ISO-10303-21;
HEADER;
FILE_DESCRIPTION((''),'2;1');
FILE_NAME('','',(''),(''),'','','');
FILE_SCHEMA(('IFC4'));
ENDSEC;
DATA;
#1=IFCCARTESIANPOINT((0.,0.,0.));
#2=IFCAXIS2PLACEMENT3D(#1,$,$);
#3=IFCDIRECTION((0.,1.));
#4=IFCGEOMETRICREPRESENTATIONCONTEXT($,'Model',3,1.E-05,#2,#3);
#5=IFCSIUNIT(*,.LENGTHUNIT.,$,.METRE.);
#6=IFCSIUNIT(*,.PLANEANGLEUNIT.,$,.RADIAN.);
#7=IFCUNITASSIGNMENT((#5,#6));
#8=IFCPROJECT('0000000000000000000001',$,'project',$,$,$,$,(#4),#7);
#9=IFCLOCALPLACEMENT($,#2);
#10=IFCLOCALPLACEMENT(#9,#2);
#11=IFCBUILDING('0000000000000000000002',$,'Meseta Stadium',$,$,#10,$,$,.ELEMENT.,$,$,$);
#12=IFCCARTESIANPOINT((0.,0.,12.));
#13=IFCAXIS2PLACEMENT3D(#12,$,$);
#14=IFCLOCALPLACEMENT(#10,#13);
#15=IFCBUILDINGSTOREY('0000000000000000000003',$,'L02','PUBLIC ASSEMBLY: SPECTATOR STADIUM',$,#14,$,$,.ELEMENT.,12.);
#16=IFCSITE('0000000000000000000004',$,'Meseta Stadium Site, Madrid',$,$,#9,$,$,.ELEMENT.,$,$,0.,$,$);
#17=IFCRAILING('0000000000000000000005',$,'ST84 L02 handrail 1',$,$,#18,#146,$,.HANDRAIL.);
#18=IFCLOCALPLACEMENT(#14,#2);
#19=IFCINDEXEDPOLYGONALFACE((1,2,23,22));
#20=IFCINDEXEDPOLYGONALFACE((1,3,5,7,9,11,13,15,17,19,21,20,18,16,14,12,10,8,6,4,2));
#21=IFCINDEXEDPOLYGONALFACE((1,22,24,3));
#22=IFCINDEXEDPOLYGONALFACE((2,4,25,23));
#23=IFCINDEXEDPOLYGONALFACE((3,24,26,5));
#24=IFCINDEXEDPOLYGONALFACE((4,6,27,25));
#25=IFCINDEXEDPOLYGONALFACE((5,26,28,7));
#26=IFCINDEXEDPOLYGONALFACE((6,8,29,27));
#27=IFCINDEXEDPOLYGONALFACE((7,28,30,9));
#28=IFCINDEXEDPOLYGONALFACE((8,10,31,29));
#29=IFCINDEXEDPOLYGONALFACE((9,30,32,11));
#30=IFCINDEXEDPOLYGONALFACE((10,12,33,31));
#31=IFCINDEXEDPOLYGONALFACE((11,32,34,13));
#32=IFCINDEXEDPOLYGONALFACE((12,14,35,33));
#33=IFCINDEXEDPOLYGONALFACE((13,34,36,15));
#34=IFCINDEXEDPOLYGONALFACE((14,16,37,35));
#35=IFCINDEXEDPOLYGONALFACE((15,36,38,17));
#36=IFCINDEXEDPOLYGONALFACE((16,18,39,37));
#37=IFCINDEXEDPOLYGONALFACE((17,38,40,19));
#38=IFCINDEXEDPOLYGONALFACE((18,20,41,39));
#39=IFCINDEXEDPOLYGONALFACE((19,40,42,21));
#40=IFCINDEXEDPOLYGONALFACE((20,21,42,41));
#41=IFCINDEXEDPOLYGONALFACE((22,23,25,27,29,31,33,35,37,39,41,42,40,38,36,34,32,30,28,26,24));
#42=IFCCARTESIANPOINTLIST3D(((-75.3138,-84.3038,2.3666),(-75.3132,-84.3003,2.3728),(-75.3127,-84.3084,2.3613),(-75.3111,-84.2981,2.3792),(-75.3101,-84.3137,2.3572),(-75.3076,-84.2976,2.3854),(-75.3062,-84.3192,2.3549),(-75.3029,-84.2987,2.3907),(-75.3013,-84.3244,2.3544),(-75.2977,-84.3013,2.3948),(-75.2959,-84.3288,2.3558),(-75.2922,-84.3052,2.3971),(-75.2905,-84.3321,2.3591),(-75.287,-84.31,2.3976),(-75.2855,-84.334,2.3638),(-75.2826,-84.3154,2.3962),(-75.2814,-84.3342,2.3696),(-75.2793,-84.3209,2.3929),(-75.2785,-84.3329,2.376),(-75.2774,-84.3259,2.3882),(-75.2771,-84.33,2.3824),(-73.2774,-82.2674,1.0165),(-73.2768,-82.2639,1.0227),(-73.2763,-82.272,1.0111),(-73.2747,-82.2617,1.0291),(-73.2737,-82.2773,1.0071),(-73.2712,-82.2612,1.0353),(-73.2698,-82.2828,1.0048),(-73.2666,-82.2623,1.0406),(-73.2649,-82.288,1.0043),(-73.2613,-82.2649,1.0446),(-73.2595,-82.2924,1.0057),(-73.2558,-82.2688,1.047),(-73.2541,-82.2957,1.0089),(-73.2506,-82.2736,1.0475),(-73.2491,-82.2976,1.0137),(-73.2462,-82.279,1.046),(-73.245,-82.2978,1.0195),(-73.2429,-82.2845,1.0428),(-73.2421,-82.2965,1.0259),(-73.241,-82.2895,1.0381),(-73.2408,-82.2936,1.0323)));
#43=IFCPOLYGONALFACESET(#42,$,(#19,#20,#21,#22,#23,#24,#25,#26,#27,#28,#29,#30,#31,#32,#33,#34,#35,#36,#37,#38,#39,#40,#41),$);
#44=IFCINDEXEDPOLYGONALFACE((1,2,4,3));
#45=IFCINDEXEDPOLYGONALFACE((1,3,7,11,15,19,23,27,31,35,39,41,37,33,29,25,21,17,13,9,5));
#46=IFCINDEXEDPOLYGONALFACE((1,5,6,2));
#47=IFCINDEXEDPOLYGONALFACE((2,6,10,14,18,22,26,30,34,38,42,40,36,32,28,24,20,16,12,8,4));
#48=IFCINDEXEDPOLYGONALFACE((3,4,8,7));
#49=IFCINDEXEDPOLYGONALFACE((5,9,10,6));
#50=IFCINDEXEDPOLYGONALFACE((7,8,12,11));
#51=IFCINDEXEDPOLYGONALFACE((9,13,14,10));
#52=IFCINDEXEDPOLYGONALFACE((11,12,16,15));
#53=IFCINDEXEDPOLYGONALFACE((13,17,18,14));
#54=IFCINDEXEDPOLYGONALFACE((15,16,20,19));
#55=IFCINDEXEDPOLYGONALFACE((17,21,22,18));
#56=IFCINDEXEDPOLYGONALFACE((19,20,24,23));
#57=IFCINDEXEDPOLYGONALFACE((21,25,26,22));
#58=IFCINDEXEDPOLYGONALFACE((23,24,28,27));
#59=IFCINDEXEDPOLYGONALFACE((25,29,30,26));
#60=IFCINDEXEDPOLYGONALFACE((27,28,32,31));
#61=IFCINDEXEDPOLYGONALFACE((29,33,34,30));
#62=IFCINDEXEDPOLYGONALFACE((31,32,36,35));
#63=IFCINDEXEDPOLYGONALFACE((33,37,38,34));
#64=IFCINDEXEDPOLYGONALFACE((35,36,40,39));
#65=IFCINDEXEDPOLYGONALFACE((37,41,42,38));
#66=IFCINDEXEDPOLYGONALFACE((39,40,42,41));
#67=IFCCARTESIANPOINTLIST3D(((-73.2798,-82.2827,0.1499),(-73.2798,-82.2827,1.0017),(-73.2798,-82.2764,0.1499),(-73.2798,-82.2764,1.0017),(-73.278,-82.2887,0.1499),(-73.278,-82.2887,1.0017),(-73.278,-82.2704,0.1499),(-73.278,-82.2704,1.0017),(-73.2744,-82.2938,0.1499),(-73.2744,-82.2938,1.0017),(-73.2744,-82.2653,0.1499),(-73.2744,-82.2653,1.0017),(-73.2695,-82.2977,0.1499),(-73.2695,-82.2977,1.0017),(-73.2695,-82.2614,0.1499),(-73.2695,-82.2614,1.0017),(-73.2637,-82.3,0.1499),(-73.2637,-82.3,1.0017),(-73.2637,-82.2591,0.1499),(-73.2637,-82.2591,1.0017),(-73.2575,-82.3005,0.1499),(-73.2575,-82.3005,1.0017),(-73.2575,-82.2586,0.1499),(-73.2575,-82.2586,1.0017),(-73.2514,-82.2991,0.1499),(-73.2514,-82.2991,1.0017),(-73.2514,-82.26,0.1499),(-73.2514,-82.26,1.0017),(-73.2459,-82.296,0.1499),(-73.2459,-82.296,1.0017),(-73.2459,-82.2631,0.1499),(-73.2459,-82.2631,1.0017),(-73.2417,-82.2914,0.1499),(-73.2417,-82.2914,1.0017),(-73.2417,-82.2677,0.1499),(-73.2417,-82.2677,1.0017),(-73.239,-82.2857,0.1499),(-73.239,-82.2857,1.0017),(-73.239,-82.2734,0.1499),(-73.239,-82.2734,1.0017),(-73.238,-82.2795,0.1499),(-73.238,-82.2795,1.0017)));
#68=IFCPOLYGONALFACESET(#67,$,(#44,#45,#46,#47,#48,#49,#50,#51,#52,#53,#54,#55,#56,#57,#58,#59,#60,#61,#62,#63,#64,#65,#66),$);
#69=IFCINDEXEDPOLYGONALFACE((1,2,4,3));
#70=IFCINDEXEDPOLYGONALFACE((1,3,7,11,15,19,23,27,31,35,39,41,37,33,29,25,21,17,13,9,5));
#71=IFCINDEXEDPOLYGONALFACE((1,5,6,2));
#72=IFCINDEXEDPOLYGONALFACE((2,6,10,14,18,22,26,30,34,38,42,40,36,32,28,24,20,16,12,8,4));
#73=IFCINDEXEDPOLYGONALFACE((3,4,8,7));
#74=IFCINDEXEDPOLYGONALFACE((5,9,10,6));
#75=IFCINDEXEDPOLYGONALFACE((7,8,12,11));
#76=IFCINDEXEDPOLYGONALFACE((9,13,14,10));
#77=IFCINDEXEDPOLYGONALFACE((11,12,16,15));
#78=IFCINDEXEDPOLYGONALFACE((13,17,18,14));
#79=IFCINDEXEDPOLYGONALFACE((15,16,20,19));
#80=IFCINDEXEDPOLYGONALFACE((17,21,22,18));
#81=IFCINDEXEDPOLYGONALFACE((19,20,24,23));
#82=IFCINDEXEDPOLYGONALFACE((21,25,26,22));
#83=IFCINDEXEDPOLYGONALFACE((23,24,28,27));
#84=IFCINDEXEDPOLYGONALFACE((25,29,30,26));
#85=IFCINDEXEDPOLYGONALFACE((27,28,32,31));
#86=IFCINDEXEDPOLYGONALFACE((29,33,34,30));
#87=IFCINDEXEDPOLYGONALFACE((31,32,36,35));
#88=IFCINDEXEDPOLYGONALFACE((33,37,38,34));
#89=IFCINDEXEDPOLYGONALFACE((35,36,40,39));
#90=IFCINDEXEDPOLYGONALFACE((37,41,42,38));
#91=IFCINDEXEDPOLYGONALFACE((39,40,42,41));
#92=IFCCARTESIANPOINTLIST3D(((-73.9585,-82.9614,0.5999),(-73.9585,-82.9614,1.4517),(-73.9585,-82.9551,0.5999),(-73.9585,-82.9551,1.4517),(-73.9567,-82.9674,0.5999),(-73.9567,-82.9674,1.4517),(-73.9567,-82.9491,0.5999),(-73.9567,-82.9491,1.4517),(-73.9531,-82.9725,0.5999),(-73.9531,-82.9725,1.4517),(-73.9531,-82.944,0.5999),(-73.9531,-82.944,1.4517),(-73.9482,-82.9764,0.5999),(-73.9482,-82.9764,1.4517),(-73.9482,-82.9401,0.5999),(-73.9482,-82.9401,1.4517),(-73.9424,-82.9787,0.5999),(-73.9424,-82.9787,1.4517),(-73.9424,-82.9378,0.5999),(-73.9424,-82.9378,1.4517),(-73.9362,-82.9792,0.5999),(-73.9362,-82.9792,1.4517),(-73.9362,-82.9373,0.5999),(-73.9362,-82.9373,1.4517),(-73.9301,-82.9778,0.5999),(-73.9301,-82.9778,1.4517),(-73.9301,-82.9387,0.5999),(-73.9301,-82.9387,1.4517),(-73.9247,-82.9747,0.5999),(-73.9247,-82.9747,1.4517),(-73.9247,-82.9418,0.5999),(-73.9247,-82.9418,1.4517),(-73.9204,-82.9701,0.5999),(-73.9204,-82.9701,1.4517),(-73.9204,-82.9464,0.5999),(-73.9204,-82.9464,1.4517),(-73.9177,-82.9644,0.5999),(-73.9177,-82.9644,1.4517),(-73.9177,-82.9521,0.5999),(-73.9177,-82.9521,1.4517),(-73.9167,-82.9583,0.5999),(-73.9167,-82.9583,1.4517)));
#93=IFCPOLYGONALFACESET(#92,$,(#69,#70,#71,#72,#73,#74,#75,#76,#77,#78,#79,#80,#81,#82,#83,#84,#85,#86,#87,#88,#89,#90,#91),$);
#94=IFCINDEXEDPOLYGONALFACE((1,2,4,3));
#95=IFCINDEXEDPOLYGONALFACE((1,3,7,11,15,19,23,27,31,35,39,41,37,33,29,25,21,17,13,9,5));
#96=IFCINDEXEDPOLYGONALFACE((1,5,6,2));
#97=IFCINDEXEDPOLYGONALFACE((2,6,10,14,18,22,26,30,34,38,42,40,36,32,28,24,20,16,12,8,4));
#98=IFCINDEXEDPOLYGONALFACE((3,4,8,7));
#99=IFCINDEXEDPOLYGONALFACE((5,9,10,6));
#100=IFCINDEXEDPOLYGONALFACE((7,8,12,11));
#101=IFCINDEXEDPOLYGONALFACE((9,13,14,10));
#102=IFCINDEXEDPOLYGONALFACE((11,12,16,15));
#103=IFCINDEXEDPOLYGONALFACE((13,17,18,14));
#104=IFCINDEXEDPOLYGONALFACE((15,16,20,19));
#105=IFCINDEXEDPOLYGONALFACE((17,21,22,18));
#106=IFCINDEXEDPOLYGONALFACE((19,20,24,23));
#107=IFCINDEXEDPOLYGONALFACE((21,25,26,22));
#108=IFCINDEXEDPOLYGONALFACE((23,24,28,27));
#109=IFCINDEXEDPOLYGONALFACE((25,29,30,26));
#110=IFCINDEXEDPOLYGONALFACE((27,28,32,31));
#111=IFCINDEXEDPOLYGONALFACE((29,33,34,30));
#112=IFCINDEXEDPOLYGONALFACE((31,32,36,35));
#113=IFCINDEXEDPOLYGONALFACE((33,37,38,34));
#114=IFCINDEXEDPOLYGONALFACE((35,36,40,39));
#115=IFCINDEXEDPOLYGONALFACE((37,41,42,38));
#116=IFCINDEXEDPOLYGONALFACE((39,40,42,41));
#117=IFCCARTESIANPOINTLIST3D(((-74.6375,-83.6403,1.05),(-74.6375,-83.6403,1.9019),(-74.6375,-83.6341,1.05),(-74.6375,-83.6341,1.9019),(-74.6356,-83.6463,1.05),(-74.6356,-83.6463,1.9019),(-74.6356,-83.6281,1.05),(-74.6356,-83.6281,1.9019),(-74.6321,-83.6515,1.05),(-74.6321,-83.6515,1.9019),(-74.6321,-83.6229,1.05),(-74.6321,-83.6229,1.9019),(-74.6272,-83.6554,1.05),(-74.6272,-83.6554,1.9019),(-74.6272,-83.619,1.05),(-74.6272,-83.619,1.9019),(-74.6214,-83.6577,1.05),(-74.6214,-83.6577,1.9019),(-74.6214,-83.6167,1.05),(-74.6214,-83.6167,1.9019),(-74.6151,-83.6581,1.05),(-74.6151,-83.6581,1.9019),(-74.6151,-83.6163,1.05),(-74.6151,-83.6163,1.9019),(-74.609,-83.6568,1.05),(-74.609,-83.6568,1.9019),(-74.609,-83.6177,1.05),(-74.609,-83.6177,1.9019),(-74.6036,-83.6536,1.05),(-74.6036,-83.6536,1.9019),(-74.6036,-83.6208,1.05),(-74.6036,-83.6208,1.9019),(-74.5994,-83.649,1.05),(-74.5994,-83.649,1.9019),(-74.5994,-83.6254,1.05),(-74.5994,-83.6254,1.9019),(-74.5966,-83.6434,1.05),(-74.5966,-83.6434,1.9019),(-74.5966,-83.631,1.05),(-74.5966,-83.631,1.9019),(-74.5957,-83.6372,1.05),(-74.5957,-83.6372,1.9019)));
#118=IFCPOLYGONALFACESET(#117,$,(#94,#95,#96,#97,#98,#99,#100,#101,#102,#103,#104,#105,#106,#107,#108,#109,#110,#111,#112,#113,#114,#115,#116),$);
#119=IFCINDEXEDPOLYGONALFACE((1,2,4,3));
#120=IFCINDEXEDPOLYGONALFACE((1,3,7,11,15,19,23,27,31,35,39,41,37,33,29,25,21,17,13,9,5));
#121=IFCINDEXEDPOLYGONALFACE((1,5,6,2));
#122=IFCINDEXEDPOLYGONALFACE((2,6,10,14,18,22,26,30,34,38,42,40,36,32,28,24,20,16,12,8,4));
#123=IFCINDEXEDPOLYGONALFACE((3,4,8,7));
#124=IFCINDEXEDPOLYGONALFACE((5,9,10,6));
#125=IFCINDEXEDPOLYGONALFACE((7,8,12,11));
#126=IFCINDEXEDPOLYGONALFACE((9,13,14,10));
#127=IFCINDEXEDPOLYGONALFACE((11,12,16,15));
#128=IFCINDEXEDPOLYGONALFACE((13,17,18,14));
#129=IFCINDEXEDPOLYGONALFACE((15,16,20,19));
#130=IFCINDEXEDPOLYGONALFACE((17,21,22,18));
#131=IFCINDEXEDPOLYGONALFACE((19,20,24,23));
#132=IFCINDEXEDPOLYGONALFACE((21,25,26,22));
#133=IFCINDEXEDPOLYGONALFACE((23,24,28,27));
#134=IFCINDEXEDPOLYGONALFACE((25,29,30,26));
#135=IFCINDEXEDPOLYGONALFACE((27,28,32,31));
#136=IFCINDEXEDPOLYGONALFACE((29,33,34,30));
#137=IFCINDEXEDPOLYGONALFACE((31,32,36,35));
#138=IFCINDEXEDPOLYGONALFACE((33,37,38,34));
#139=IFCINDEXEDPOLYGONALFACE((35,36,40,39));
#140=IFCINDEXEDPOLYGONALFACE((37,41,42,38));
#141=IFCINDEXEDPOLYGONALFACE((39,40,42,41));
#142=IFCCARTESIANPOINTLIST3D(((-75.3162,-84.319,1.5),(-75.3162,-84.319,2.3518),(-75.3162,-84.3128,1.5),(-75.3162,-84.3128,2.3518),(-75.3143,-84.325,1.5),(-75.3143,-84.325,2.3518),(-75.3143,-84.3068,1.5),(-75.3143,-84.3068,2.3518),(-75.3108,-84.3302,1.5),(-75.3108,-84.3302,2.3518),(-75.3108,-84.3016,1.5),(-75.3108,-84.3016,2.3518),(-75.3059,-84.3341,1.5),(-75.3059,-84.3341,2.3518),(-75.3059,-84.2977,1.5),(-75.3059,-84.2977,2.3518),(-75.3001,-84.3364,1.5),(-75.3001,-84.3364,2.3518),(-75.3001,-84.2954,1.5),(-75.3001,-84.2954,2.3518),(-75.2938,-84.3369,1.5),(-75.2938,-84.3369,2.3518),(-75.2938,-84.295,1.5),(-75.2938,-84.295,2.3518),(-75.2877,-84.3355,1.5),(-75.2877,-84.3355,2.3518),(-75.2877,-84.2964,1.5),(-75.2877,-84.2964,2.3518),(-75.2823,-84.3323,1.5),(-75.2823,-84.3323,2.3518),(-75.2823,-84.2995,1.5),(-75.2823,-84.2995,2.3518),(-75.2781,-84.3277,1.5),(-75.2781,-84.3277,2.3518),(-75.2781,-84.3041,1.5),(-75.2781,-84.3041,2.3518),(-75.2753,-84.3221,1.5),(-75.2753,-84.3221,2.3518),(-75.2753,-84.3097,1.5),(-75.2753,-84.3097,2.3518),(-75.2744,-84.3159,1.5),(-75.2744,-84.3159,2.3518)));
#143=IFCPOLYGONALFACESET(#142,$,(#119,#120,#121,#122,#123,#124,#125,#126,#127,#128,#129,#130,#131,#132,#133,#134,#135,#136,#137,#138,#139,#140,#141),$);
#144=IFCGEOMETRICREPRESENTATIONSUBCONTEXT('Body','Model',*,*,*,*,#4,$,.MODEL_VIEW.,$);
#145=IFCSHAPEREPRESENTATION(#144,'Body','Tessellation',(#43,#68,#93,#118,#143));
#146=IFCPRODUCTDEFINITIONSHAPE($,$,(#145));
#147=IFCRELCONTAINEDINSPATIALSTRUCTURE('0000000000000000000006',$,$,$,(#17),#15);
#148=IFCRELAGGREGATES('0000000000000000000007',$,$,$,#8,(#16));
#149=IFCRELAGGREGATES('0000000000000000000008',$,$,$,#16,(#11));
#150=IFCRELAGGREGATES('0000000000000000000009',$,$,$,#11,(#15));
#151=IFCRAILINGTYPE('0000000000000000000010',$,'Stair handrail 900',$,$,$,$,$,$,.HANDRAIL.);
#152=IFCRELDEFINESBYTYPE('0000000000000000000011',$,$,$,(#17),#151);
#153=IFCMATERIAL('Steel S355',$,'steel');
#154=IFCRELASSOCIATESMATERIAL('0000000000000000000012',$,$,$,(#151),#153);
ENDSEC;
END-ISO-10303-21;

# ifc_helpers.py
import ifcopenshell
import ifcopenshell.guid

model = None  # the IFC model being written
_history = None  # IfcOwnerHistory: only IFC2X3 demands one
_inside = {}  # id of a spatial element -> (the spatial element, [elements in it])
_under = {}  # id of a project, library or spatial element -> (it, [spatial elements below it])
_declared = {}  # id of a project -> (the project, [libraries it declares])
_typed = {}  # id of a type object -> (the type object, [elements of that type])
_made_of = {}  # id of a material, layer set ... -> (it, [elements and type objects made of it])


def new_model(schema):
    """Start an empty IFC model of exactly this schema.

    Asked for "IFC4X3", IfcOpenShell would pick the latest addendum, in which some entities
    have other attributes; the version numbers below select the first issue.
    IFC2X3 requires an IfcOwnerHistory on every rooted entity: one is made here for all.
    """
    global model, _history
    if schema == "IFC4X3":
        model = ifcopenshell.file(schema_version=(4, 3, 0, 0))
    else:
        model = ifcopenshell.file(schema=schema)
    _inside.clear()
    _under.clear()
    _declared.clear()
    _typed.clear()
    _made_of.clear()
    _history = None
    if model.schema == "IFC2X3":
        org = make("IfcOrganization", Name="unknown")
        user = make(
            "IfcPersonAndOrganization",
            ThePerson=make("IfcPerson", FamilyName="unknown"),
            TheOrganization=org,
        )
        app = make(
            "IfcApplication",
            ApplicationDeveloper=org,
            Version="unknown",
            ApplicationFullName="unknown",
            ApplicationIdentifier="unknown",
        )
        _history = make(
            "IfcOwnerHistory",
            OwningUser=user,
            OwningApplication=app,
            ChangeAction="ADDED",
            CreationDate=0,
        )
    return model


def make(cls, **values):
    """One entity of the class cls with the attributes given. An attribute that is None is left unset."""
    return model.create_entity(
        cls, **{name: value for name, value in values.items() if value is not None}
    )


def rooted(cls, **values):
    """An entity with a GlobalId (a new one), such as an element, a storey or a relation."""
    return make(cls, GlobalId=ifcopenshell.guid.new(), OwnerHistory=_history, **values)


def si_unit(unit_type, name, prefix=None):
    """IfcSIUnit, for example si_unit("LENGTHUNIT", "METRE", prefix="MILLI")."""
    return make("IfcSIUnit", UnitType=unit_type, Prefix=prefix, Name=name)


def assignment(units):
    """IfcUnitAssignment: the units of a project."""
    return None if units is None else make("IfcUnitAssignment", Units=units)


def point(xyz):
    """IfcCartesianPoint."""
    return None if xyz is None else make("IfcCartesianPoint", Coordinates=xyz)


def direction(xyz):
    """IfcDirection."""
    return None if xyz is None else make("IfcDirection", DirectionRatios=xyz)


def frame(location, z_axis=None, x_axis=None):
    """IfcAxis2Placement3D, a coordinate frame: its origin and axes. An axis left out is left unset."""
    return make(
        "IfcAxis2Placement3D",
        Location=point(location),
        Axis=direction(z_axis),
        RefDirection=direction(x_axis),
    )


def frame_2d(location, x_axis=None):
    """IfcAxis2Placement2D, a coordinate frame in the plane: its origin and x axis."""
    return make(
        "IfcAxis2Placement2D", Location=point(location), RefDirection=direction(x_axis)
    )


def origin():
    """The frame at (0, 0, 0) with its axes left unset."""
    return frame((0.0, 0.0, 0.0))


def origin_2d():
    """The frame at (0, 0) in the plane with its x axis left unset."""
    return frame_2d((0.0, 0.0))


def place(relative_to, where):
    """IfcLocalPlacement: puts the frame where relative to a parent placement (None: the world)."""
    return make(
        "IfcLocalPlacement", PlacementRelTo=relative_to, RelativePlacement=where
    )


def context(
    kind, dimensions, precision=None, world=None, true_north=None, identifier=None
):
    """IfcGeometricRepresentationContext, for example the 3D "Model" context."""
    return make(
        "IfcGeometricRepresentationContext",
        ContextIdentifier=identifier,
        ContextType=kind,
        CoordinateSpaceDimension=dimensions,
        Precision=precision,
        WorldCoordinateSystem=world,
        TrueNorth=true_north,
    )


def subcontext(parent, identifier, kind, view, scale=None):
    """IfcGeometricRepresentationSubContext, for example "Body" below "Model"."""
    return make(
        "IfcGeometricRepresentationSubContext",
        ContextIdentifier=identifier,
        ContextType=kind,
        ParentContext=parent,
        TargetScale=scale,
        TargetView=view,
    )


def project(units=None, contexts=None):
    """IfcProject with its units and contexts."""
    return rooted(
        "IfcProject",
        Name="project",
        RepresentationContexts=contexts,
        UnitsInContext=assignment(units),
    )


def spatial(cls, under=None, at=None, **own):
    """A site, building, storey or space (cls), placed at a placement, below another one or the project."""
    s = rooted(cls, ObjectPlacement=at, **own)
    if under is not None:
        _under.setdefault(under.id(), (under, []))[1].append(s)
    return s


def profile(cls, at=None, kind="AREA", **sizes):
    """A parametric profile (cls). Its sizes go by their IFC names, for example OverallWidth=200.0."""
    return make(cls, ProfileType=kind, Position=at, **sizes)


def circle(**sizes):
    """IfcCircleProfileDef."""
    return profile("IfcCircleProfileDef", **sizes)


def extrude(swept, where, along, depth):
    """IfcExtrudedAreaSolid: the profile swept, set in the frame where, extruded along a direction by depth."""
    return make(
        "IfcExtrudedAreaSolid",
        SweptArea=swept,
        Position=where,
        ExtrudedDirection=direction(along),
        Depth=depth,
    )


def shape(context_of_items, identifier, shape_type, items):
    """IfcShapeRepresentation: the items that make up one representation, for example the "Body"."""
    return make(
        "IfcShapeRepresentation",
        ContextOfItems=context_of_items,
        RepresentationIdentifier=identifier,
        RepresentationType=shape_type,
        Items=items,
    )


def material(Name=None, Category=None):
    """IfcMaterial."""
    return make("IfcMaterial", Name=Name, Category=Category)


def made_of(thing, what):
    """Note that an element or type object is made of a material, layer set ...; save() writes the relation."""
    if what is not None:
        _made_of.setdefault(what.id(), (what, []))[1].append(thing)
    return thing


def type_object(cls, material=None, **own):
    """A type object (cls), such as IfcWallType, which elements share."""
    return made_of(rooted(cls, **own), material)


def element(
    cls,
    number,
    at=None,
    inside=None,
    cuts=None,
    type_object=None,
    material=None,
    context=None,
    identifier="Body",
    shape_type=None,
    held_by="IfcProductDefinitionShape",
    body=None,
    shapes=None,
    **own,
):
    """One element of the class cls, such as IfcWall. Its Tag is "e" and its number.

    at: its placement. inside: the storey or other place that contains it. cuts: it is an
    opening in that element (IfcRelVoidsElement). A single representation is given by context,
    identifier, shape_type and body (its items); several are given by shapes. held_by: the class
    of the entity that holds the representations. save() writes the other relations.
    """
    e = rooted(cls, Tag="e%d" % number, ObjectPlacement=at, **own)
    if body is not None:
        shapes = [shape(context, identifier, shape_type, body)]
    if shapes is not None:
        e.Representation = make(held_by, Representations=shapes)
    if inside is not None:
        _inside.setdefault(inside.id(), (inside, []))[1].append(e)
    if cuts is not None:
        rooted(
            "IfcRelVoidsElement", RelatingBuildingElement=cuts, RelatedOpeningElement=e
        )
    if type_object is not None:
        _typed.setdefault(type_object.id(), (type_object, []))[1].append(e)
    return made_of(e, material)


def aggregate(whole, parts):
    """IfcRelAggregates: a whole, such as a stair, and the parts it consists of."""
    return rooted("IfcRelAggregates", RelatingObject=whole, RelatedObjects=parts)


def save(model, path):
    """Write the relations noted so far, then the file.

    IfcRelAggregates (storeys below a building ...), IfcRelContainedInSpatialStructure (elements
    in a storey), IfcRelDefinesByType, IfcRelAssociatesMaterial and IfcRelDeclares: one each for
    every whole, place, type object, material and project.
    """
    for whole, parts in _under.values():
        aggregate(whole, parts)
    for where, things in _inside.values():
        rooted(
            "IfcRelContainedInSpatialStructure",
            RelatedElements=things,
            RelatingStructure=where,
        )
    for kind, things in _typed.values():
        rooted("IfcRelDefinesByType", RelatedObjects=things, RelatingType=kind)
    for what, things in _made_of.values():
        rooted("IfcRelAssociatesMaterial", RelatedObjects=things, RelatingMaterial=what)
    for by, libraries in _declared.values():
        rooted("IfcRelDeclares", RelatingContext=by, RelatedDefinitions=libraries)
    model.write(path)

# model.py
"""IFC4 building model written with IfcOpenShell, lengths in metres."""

from ifc_helpers import new_model, si_unit, direction, frame, origin, origin_2d, place, context, subcontext, project, spatial, circle, extrude, material, type_object, element, save


model = new_model("IFC4")

# Units and contexts
model_context = context("Model", 3, precision=1e-05, world=origin(), true_north=direction((0.0, 1.0)))
body_context = subcontext(model_context, "Body", "Model", "MODEL_VIEW")
ifc_project = project(units=[si_unit("LENGTHUNIT", "METRE"), si_unit("PLANEANGLEUNIT", "RADIAN")], contexts=[model_context])

# Site, building, storey
site_placement = place(None, origin())
site = spatial("IfcSite", under=ifc_project, at=site_placement, Name="Meseta Stadium Site, Madrid", CompositionType="ELEMENT", RefElevation=0.0)
building_placement = place(site_placement, origin())
building = spatial("IfcBuilding", under=site, at=building_placement, Name="Meseta Stadium", CompositionType="ELEMENT")
storey_placement = place(building_placement, frame((0.0, 0.0, 12.0)))
storey = spatial("IfcBuildingStorey", under=building, at=storey_placement, Name="L02", Description="PUBLIC ASSEMBLY: SPECTATOR STADIUM", CompositionType="ELEMENT", Elevation=12.0)

# Railing
ifc_material_1 = material(Name="Steel S355", Category="steel")
railing_type = type_object("IfcRailingType", Name="Stair handrail 900", PredefinedType="HANDRAIL", material=ifc_material_1)
for number, where, name in (
    (1, (-73.259, -82.2795, 0.1499), "ST84 L02 handrail 1"),
):
    element("IfcRailing", number, at=place(storey_placement, frame(where)), inside=storey, type_object=railing_type, Name=name, PredefinedType="HANDRAIL", context=body_context, shape_type="SweptSolid", body=[
        extrude(circle(Radius=0.0239, at=origin_2d()), frame((0.0, 0.0, 0.876), z_axis=(-0.640243, -0.640243, 0.424475), x_axis=(0.707107, -0.707107, 0.0)), (0.0, 0.0, 1.0), 3.1807),
        extrude(circle(Radius=0.021, at=origin_2d()), origin(), (0.0, 0.0, 1.0), 0.8518),
        extrude(circle(Radius=0.021, at=origin_2d()), frame((-0.6787, -0.6787, 0.45)), (0.0, 0.0, 1.0), 0.8518),
        extrude(circle(Radius=0.021, at=origin_2d()), frame((-1.3577, -1.3577, 0.9001)), (0.0, 0.0, 1.0), 0.8518),
        extrude(circle(Radius=0.021, at=origin_2d()), frame((-2.0364, -2.0364, 1.3501)), (0.0, 0.0, 1.0), 0.8518),
    ])

save(model, "model.ifc")
